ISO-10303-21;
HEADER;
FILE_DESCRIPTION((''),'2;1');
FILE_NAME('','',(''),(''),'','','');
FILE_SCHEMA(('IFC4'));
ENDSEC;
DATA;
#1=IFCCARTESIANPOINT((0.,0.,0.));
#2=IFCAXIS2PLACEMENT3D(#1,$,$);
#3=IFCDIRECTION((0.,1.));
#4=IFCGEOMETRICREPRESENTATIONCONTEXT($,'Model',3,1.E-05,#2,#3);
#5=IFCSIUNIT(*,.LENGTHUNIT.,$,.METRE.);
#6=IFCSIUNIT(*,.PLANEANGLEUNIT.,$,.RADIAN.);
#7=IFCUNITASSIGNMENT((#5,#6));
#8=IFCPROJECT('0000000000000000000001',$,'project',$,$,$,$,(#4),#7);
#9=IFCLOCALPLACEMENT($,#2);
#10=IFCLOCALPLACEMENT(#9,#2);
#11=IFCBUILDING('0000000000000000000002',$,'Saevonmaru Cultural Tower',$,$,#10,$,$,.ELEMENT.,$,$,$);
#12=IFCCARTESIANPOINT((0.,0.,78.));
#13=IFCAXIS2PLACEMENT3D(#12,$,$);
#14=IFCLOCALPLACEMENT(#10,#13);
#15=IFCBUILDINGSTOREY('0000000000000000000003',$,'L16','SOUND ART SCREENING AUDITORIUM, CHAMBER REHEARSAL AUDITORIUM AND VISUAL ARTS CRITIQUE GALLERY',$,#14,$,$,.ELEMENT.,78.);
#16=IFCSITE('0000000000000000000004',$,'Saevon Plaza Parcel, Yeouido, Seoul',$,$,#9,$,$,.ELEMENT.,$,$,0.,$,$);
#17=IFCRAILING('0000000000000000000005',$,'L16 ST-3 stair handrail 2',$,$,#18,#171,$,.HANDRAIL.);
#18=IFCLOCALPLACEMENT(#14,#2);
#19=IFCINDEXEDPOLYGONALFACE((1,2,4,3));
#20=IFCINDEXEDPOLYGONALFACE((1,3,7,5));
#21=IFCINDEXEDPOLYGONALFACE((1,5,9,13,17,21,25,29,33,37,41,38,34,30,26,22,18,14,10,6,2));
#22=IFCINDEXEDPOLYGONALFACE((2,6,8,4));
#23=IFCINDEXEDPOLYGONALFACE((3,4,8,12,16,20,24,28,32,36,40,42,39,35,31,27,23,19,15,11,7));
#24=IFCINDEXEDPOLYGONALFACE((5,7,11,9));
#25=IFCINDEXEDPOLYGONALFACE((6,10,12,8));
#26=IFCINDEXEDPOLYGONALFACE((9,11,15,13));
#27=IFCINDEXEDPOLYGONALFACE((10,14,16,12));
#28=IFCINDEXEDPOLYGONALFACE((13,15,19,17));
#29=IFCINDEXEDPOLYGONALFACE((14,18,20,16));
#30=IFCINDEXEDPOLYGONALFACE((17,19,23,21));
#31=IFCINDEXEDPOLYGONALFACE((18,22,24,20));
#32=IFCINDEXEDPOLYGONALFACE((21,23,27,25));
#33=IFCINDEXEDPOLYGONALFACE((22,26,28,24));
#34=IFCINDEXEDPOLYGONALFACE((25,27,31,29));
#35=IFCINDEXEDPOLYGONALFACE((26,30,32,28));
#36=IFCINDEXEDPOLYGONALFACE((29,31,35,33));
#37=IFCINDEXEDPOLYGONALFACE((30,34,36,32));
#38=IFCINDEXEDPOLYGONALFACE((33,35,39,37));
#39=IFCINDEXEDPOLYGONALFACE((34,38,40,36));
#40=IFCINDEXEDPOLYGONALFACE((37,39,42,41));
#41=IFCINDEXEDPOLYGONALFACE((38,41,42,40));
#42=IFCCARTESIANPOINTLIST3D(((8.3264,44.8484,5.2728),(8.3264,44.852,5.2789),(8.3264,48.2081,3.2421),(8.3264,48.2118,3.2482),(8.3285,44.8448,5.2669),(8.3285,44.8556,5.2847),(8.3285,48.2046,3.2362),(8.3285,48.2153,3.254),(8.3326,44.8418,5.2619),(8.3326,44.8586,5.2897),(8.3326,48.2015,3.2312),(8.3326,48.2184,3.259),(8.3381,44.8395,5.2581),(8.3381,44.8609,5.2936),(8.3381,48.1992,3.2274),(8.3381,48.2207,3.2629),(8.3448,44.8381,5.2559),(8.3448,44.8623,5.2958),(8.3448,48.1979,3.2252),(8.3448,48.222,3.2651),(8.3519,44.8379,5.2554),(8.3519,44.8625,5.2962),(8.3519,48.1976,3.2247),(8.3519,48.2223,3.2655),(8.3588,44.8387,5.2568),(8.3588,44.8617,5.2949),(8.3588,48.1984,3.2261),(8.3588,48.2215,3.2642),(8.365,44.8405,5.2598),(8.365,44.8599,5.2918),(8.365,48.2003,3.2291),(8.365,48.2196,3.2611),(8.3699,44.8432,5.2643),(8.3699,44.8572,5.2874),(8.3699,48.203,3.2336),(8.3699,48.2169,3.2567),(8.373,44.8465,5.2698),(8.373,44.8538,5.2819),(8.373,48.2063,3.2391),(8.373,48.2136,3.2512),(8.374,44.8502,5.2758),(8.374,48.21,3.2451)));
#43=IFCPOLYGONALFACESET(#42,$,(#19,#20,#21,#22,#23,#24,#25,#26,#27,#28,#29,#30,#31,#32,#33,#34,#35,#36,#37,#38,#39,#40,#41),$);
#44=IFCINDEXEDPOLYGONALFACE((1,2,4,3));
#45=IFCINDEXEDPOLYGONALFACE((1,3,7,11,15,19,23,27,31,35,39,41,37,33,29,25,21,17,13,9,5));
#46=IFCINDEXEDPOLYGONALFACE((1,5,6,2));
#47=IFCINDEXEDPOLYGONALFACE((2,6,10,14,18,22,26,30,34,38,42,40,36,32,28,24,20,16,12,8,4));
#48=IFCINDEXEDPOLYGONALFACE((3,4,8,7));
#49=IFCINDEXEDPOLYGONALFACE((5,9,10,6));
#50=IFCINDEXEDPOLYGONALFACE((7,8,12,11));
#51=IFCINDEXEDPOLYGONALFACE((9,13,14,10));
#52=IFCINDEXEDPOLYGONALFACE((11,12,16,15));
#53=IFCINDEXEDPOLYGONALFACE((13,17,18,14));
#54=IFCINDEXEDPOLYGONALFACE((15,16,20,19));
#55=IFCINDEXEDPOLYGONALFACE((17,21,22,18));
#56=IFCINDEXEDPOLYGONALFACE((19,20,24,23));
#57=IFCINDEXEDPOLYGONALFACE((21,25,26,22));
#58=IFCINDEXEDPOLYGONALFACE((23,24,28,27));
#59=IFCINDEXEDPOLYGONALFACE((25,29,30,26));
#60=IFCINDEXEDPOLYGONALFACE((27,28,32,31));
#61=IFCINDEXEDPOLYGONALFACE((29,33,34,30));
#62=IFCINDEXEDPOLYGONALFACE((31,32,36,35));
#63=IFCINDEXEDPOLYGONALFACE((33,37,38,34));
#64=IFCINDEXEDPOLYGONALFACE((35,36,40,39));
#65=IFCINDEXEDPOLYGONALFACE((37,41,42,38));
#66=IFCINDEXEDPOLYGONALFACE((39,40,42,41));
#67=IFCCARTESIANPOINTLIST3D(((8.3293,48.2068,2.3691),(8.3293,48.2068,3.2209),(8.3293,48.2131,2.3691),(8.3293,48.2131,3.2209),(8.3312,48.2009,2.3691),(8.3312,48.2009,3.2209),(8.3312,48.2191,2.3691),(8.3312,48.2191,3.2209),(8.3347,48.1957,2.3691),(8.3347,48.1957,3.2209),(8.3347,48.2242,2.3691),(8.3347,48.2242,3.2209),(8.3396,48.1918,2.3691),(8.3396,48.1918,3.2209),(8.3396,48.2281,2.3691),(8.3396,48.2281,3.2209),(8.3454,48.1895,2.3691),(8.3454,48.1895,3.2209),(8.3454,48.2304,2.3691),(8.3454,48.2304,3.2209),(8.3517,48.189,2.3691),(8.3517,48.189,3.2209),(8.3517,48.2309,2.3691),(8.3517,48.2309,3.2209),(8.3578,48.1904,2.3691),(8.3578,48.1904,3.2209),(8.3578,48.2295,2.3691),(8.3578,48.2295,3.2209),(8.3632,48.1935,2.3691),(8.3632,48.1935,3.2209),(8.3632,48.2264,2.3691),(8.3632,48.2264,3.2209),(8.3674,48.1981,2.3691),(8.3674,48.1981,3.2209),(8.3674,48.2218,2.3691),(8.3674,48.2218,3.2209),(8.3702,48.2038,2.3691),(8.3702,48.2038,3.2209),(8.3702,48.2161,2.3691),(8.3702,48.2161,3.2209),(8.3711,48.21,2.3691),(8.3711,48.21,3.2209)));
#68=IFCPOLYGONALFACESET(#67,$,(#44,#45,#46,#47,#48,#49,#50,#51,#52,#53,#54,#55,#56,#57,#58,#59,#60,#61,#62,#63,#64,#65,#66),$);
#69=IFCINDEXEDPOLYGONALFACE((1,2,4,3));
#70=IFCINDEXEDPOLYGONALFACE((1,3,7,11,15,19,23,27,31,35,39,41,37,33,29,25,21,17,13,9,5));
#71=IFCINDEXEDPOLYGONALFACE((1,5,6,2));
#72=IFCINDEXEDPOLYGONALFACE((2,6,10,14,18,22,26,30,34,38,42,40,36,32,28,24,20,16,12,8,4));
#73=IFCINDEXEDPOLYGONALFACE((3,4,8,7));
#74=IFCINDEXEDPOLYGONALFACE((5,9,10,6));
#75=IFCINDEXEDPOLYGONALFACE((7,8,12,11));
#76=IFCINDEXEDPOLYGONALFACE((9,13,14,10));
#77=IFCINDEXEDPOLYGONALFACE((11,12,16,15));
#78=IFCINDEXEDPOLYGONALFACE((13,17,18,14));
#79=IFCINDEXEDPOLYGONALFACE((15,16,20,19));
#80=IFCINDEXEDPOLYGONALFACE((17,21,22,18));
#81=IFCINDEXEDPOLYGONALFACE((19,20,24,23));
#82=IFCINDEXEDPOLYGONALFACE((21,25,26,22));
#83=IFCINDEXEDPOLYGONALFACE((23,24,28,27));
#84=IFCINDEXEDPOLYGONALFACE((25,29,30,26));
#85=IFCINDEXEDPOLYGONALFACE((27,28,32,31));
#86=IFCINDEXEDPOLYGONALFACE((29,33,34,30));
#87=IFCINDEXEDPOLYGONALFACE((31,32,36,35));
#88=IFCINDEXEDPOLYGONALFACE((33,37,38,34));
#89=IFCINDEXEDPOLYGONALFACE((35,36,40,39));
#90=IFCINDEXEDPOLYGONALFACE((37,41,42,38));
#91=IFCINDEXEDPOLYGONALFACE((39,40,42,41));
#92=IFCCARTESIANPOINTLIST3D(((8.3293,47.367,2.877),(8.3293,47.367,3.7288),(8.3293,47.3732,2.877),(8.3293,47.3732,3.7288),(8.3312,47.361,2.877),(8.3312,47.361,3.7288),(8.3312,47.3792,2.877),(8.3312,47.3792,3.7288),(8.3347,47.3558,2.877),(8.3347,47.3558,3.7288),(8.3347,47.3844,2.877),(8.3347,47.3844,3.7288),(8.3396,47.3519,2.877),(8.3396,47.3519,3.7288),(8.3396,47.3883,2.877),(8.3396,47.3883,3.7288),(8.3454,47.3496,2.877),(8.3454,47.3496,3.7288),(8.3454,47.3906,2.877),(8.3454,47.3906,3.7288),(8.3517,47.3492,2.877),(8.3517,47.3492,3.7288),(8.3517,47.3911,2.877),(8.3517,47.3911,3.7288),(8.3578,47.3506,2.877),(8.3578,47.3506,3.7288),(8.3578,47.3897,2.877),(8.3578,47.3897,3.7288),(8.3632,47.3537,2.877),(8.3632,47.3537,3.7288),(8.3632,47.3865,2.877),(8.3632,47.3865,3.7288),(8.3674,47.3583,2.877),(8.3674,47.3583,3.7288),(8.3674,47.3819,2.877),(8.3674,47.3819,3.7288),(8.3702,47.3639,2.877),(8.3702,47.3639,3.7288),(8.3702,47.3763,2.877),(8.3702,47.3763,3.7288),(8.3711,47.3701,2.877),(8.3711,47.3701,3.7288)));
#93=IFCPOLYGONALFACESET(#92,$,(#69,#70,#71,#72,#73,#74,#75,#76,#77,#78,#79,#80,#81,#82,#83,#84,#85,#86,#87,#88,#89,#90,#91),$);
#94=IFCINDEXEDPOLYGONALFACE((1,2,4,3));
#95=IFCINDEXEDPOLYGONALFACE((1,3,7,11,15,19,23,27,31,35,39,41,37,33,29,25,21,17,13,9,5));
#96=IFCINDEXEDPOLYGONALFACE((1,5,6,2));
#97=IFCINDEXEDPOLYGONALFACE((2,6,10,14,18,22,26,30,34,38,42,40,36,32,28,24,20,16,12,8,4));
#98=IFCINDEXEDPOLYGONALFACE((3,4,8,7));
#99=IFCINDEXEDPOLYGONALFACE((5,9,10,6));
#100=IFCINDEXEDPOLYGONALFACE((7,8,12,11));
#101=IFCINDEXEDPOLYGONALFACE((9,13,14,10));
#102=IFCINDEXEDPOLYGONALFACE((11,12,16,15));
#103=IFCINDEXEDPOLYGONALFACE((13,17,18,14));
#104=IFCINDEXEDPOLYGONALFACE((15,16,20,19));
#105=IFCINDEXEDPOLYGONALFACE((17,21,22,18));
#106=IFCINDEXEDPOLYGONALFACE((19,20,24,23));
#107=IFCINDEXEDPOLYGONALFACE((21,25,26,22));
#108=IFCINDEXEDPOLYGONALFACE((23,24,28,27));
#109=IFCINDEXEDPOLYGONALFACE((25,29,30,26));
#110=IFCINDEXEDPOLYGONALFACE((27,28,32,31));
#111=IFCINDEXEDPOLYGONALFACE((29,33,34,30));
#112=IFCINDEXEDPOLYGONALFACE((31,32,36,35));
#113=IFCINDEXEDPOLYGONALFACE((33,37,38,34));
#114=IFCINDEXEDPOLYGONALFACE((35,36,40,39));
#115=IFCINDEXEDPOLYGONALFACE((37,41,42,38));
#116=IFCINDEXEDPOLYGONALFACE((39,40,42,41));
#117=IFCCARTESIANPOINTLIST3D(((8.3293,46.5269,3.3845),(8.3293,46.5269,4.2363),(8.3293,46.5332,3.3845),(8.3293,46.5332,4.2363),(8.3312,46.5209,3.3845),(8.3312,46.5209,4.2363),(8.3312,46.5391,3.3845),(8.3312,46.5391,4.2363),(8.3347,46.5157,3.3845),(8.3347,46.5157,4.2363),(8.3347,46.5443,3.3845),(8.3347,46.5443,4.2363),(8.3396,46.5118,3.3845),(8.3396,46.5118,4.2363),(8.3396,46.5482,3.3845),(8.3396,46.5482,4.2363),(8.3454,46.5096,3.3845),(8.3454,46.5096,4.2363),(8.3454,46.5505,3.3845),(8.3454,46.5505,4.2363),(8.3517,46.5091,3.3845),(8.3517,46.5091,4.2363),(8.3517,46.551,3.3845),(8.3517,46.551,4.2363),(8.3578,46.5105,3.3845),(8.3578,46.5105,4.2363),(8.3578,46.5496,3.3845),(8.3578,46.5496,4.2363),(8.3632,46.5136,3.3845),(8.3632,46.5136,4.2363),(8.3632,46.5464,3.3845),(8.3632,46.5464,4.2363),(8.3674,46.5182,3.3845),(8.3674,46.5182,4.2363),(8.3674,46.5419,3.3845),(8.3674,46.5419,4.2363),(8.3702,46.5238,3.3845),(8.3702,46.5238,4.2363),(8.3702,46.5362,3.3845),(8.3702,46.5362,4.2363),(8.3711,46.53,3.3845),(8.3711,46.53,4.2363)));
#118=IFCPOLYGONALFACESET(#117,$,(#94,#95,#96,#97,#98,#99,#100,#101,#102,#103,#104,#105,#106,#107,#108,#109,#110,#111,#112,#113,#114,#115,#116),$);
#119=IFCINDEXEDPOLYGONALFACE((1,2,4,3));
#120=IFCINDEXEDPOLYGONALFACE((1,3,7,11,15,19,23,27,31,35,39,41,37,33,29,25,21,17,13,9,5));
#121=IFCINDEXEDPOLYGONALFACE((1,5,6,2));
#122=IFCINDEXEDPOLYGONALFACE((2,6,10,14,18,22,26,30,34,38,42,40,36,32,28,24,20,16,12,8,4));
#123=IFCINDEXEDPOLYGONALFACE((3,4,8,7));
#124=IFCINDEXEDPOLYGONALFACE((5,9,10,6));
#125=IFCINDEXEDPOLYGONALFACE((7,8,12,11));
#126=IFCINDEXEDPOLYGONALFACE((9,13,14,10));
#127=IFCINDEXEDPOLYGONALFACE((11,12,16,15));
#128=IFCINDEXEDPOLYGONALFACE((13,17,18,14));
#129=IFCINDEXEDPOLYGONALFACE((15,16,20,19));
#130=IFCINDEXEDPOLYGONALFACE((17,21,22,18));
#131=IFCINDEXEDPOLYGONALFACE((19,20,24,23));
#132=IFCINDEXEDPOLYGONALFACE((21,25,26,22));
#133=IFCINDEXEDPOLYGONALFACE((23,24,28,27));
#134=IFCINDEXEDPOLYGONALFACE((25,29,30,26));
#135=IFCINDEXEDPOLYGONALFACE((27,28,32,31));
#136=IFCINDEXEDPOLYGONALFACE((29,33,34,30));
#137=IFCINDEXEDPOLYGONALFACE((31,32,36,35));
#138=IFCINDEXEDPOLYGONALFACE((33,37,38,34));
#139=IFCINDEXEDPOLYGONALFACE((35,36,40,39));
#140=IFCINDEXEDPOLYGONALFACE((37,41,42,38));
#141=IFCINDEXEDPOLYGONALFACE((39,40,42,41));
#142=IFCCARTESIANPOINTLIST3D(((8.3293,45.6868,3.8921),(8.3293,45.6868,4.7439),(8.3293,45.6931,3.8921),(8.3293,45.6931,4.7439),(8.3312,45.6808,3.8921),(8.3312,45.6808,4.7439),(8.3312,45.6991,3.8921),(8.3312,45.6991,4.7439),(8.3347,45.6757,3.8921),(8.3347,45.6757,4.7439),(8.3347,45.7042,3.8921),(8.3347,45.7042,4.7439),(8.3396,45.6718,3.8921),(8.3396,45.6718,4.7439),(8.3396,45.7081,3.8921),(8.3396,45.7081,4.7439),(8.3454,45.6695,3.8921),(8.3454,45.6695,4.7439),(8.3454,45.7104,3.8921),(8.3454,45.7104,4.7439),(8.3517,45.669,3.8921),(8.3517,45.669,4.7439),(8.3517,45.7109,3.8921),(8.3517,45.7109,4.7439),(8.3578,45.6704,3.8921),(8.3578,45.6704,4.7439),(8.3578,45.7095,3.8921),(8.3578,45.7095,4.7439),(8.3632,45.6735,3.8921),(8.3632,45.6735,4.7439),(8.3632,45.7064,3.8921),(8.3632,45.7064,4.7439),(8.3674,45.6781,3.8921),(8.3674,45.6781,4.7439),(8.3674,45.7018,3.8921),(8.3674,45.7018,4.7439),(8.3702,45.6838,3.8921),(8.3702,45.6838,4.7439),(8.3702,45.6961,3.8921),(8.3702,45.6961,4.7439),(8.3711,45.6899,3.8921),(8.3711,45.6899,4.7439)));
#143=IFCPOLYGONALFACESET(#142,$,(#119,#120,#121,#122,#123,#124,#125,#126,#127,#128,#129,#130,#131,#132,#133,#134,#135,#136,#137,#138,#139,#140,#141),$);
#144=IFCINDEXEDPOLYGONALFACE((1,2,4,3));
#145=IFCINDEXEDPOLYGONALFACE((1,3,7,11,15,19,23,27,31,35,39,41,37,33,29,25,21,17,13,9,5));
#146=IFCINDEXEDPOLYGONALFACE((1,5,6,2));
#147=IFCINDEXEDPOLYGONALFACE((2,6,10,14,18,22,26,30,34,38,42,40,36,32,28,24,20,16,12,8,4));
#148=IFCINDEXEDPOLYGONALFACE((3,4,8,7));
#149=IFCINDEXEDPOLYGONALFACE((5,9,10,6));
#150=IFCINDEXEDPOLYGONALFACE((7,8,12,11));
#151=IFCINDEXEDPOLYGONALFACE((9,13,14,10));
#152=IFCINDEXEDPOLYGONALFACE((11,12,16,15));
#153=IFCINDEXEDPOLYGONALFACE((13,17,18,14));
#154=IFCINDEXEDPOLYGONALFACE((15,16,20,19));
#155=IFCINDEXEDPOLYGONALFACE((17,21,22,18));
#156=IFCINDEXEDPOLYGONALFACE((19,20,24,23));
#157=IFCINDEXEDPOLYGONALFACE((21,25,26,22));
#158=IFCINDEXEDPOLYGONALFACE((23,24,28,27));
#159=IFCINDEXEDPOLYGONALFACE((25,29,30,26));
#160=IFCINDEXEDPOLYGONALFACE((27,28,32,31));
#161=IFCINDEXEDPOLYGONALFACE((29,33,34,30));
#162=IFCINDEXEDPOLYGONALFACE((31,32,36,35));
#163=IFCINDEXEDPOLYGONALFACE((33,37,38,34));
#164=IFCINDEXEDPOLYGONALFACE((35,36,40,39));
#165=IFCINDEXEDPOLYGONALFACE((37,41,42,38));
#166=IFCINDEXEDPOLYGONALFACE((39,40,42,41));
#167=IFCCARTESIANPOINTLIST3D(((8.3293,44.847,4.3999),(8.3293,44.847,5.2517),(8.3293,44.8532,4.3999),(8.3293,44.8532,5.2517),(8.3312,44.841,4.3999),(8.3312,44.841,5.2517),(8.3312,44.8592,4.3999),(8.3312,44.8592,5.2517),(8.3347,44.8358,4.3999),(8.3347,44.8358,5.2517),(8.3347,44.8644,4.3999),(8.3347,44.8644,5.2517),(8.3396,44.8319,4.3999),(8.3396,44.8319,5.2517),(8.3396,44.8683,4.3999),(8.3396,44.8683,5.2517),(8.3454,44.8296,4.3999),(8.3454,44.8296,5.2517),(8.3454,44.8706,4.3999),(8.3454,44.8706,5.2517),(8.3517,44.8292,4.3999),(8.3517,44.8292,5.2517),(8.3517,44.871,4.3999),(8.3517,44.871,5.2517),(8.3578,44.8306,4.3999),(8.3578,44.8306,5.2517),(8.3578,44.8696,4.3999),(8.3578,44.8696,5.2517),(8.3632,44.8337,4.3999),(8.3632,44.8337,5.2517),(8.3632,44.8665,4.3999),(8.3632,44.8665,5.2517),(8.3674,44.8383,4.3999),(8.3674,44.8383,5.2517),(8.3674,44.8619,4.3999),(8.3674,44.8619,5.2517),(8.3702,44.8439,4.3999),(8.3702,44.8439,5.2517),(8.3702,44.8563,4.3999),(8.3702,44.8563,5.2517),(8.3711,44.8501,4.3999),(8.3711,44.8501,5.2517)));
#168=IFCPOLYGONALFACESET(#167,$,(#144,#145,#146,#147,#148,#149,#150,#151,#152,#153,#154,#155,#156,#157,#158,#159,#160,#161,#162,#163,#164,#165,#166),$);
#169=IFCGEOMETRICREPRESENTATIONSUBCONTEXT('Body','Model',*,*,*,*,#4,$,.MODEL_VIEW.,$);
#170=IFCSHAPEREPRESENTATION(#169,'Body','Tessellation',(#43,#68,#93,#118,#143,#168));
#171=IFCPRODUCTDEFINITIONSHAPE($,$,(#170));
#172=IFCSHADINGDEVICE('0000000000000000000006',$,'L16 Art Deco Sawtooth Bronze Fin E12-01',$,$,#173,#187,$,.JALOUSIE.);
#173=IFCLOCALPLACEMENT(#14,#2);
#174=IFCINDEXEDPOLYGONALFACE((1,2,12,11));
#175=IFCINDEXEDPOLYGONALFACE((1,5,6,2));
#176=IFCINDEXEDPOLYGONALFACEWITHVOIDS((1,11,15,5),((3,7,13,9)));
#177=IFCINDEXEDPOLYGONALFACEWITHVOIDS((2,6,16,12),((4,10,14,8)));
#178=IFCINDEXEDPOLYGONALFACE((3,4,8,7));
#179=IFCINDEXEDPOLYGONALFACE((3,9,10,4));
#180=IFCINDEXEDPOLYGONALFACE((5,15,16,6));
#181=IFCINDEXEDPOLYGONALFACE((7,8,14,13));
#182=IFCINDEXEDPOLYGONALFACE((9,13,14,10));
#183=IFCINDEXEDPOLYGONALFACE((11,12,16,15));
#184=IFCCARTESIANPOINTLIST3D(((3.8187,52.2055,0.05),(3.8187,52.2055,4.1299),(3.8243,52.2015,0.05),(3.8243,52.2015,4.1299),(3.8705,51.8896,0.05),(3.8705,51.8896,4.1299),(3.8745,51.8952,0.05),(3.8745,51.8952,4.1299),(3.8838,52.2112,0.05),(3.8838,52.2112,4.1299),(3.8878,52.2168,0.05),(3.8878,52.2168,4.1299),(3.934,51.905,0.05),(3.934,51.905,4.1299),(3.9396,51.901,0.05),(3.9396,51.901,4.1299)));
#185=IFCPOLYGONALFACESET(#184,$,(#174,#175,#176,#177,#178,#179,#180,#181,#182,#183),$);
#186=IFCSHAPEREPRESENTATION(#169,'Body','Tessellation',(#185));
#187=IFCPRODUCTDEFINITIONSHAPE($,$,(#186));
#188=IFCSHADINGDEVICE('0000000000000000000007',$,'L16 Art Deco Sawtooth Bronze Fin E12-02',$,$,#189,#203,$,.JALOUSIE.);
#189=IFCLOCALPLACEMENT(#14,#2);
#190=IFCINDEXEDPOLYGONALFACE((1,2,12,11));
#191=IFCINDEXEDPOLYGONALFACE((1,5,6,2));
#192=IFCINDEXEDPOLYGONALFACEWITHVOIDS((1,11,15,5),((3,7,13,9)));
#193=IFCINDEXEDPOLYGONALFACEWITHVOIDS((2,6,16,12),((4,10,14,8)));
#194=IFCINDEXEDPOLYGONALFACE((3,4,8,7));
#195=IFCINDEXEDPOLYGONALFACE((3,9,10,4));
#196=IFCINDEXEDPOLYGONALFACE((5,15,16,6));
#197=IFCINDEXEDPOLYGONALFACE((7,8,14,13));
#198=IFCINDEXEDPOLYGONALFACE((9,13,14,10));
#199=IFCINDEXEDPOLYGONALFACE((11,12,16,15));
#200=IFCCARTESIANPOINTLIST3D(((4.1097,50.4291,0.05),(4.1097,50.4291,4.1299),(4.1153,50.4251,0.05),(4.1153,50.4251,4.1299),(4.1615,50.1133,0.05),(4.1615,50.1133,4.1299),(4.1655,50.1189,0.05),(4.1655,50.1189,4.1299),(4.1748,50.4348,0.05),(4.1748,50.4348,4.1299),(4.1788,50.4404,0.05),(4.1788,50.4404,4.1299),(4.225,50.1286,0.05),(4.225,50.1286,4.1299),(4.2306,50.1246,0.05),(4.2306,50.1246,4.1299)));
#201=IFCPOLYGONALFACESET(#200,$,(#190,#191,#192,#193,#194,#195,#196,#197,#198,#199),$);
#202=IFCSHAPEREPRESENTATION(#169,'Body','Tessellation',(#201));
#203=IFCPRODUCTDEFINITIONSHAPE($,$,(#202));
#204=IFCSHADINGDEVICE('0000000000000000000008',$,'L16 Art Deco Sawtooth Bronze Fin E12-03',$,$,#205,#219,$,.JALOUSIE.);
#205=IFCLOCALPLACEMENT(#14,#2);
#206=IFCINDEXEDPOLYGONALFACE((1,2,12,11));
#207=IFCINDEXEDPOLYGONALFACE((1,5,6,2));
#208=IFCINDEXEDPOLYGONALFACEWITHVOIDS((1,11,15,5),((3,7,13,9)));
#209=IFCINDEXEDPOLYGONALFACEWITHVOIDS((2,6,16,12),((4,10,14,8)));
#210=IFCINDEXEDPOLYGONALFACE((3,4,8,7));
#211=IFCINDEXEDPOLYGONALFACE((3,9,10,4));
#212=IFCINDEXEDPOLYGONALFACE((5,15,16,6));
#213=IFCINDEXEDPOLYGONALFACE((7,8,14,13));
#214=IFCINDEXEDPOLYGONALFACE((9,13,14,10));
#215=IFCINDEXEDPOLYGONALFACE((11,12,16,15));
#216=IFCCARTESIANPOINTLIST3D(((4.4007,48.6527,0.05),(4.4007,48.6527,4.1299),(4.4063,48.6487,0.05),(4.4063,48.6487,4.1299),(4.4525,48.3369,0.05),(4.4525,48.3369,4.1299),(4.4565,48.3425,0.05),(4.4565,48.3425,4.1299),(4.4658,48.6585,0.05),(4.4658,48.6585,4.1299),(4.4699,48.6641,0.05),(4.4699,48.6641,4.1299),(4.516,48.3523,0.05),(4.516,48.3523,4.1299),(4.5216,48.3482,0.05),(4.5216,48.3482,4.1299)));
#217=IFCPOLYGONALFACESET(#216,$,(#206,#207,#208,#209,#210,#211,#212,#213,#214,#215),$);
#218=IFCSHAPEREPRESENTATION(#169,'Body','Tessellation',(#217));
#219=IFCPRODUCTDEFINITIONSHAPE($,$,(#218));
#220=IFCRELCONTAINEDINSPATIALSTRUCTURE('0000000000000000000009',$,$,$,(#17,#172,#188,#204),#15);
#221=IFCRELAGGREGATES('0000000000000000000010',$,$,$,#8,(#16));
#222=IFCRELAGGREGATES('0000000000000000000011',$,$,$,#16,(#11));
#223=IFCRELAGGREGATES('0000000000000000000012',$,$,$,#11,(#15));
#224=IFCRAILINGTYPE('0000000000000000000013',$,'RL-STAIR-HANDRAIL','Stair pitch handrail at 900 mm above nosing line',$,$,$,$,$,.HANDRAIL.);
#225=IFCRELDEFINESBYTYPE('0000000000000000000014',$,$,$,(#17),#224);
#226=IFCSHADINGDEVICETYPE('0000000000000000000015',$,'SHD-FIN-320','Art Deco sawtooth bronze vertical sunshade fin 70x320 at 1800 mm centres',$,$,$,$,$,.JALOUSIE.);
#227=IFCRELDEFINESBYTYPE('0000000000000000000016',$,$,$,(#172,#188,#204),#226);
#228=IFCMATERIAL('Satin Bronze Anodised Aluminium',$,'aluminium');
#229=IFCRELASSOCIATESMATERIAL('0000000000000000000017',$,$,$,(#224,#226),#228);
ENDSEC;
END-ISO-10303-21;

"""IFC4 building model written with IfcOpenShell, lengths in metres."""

from ifc_helpers import new_model, si_unit, direction, frame, origin, origin_2d, place, context, subcontext, project, spatial, hollow_rectangle, circle, extrude, material, material_profile, profile_set, type_object, element, save


model = new_model("IFC4")

# Units and contexts
model_context = context("Model", 3, precision=1e-05, world=origin(), true_north=direction((0.0, 1.0)))
body_context = subcontext(model_context, "Body", "Model", "MODEL_VIEW")
ifc_project = project(units=[si_unit("LENGTHUNIT", "METRE"), si_unit("PLANEANGLEUNIT", "RADIAN")], contexts=[model_context])

# Site, building, storey
site_placement = place(None, origin())
site = spatial("IfcSite", under=ifc_project, at=site_placement, Name="Saevon Plaza Parcel, Yeouido, Seoul", CompositionType="ELEMENT", RefElevation=0.0)
building_placement = place(site_placement, origin())
building = spatial("IfcBuilding", under=site, at=building_placement, Name="Saevonmaru Cultural Tower", CompositionType="ELEMENT")
storey_placement = place(building_placement, frame((0.0, 0.0, 78.0)))
storey = spatial("IfcBuildingStorey", under=building, at=storey_placement, Name="L16", Description="SOUND ART SCREENING AUDITORIUM, CHAMBER REHEARSAL AUDITORIUM AND VISUAL ARTS CRITIQUE GALLERY", CompositionType="ELEMENT", Elevation=78.0)

# Shared definitions
ifc_material_1 = material(Name="Satin Bronze Anodised Aluminium", Category="aluminium")

# Railing
railing_type_1 = type_object("IfcRailingType", Name="RL-STAIR-HANDRAIL", Description="Stair pitch handrail at 900 mm above nosing line", PredefinedType="HANDRAIL", material=ifc_material_1)
railing_1_placement = place(storey_placement, frame((8.3501, 48.21, 2.3691)))
element("IfcRailing", 1, at=railing_1_placement, inside=storey, type_object=railing_type_1, Name="L16 ST-3 stair handrail 2", PredefinedType="HANDRAIL", context=body_context, shape_type="SweptSolid", body=[
    extrude(circle(Radius=0.0239, at=origin_2d()), frame((0.0, 0.0, 0.876), z_axis=(0.0, -0.85582, 0.517273), x_axis=(1.0, 0.0, 0.0)), (0.0, 0.0, 1.0), 3.9258),
    extrude(circle(Radius=0.021, at=origin_2d()), origin(), (0.0, 0.0, 1.0), 0.8518),
    extrude(circle(Radius=0.021, at=origin_2d()), frame((0.0, -0.8398, 0.5078)), (0.0, 0.0, 1.0), 0.8518),
    extrude(circle(Radius=0.021, at=origin_2d()), frame((0.0, -1.6799, 1.0154)), (0.0, 0.0, 1.0), 0.8518),
    extrude(circle(Radius=0.021, at=origin_2d()), frame((0.0, -2.52, 1.5229)), (0.0, 0.0, 1.0), 0.8518),
    extrude(circle(Radius=0.021, at=origin_2d()), frame((0.0, -3.3599, 2.0308)), (0.0, 0.0, 1.0), 0.8518),
])

# Shading devices
ifc_material_profile_1 = material_profile(ifc_material_1, hollow_rectangle(XDim=0.0701, YDim=0.3201, WallThickness=0.0049, at=origin_2d()), Name="FIN-320x70")
ifc_profile_set_1 = profile_set([ifc_material_profile_1], Name="Satin Bronze Anodised Aluminium")
shading_device_type = type_object("IfcShadingDeviceType", Name="SHD-FIN-320", Description="Art Deco sawtooth bronze vertical sunshade fin 70x320 at 1800 mm centres", PredefinedType="JALOUSIE", material=ifc_profile_set_1)
for number, where, z_axis, x_axis, name in (
    (2, (3.8792, 52.0532, 0.05), (0.0, 0.0, 1.0), (-0.986827, -0.161776, 0.0), "L16 Art Deco Sawtooth Bronze Fin E12-01"),
    (3, (4.1702, 50.2769, 0.05), (0.0, 0.0, 1.0), (-0.986827, -0.161776, 0.0), "L16 Art Deco Sawtooth Bronze Fin E12-02"),
    (4, (4.4612, 48.5005, 0.05), (0.0, 0.0, 1.0), (-0.986827, -0.161776, 0.0), "L16 Art Deco Sawtooth Bronze Fin E12-03"),
):
    element("IfcShadingDevice", number, at=place(storey_placement, frame(where, z_axis=z_axis, x_axis=x_axis)), inside=storey, type_object=shading_device_type, Name=name, PredefinedType="JALOUSIE", context=body_context, shape_type="SweptSolid", body=[
        extrude(hollow_rectangle(XDim=0.0701, YDim=0.3201, WallThickness=0.0049, at=origin_2d()), origin(), (0.0, 0.0, 1.0), 4.0798),
    ])

save(model, "model.ifc")
